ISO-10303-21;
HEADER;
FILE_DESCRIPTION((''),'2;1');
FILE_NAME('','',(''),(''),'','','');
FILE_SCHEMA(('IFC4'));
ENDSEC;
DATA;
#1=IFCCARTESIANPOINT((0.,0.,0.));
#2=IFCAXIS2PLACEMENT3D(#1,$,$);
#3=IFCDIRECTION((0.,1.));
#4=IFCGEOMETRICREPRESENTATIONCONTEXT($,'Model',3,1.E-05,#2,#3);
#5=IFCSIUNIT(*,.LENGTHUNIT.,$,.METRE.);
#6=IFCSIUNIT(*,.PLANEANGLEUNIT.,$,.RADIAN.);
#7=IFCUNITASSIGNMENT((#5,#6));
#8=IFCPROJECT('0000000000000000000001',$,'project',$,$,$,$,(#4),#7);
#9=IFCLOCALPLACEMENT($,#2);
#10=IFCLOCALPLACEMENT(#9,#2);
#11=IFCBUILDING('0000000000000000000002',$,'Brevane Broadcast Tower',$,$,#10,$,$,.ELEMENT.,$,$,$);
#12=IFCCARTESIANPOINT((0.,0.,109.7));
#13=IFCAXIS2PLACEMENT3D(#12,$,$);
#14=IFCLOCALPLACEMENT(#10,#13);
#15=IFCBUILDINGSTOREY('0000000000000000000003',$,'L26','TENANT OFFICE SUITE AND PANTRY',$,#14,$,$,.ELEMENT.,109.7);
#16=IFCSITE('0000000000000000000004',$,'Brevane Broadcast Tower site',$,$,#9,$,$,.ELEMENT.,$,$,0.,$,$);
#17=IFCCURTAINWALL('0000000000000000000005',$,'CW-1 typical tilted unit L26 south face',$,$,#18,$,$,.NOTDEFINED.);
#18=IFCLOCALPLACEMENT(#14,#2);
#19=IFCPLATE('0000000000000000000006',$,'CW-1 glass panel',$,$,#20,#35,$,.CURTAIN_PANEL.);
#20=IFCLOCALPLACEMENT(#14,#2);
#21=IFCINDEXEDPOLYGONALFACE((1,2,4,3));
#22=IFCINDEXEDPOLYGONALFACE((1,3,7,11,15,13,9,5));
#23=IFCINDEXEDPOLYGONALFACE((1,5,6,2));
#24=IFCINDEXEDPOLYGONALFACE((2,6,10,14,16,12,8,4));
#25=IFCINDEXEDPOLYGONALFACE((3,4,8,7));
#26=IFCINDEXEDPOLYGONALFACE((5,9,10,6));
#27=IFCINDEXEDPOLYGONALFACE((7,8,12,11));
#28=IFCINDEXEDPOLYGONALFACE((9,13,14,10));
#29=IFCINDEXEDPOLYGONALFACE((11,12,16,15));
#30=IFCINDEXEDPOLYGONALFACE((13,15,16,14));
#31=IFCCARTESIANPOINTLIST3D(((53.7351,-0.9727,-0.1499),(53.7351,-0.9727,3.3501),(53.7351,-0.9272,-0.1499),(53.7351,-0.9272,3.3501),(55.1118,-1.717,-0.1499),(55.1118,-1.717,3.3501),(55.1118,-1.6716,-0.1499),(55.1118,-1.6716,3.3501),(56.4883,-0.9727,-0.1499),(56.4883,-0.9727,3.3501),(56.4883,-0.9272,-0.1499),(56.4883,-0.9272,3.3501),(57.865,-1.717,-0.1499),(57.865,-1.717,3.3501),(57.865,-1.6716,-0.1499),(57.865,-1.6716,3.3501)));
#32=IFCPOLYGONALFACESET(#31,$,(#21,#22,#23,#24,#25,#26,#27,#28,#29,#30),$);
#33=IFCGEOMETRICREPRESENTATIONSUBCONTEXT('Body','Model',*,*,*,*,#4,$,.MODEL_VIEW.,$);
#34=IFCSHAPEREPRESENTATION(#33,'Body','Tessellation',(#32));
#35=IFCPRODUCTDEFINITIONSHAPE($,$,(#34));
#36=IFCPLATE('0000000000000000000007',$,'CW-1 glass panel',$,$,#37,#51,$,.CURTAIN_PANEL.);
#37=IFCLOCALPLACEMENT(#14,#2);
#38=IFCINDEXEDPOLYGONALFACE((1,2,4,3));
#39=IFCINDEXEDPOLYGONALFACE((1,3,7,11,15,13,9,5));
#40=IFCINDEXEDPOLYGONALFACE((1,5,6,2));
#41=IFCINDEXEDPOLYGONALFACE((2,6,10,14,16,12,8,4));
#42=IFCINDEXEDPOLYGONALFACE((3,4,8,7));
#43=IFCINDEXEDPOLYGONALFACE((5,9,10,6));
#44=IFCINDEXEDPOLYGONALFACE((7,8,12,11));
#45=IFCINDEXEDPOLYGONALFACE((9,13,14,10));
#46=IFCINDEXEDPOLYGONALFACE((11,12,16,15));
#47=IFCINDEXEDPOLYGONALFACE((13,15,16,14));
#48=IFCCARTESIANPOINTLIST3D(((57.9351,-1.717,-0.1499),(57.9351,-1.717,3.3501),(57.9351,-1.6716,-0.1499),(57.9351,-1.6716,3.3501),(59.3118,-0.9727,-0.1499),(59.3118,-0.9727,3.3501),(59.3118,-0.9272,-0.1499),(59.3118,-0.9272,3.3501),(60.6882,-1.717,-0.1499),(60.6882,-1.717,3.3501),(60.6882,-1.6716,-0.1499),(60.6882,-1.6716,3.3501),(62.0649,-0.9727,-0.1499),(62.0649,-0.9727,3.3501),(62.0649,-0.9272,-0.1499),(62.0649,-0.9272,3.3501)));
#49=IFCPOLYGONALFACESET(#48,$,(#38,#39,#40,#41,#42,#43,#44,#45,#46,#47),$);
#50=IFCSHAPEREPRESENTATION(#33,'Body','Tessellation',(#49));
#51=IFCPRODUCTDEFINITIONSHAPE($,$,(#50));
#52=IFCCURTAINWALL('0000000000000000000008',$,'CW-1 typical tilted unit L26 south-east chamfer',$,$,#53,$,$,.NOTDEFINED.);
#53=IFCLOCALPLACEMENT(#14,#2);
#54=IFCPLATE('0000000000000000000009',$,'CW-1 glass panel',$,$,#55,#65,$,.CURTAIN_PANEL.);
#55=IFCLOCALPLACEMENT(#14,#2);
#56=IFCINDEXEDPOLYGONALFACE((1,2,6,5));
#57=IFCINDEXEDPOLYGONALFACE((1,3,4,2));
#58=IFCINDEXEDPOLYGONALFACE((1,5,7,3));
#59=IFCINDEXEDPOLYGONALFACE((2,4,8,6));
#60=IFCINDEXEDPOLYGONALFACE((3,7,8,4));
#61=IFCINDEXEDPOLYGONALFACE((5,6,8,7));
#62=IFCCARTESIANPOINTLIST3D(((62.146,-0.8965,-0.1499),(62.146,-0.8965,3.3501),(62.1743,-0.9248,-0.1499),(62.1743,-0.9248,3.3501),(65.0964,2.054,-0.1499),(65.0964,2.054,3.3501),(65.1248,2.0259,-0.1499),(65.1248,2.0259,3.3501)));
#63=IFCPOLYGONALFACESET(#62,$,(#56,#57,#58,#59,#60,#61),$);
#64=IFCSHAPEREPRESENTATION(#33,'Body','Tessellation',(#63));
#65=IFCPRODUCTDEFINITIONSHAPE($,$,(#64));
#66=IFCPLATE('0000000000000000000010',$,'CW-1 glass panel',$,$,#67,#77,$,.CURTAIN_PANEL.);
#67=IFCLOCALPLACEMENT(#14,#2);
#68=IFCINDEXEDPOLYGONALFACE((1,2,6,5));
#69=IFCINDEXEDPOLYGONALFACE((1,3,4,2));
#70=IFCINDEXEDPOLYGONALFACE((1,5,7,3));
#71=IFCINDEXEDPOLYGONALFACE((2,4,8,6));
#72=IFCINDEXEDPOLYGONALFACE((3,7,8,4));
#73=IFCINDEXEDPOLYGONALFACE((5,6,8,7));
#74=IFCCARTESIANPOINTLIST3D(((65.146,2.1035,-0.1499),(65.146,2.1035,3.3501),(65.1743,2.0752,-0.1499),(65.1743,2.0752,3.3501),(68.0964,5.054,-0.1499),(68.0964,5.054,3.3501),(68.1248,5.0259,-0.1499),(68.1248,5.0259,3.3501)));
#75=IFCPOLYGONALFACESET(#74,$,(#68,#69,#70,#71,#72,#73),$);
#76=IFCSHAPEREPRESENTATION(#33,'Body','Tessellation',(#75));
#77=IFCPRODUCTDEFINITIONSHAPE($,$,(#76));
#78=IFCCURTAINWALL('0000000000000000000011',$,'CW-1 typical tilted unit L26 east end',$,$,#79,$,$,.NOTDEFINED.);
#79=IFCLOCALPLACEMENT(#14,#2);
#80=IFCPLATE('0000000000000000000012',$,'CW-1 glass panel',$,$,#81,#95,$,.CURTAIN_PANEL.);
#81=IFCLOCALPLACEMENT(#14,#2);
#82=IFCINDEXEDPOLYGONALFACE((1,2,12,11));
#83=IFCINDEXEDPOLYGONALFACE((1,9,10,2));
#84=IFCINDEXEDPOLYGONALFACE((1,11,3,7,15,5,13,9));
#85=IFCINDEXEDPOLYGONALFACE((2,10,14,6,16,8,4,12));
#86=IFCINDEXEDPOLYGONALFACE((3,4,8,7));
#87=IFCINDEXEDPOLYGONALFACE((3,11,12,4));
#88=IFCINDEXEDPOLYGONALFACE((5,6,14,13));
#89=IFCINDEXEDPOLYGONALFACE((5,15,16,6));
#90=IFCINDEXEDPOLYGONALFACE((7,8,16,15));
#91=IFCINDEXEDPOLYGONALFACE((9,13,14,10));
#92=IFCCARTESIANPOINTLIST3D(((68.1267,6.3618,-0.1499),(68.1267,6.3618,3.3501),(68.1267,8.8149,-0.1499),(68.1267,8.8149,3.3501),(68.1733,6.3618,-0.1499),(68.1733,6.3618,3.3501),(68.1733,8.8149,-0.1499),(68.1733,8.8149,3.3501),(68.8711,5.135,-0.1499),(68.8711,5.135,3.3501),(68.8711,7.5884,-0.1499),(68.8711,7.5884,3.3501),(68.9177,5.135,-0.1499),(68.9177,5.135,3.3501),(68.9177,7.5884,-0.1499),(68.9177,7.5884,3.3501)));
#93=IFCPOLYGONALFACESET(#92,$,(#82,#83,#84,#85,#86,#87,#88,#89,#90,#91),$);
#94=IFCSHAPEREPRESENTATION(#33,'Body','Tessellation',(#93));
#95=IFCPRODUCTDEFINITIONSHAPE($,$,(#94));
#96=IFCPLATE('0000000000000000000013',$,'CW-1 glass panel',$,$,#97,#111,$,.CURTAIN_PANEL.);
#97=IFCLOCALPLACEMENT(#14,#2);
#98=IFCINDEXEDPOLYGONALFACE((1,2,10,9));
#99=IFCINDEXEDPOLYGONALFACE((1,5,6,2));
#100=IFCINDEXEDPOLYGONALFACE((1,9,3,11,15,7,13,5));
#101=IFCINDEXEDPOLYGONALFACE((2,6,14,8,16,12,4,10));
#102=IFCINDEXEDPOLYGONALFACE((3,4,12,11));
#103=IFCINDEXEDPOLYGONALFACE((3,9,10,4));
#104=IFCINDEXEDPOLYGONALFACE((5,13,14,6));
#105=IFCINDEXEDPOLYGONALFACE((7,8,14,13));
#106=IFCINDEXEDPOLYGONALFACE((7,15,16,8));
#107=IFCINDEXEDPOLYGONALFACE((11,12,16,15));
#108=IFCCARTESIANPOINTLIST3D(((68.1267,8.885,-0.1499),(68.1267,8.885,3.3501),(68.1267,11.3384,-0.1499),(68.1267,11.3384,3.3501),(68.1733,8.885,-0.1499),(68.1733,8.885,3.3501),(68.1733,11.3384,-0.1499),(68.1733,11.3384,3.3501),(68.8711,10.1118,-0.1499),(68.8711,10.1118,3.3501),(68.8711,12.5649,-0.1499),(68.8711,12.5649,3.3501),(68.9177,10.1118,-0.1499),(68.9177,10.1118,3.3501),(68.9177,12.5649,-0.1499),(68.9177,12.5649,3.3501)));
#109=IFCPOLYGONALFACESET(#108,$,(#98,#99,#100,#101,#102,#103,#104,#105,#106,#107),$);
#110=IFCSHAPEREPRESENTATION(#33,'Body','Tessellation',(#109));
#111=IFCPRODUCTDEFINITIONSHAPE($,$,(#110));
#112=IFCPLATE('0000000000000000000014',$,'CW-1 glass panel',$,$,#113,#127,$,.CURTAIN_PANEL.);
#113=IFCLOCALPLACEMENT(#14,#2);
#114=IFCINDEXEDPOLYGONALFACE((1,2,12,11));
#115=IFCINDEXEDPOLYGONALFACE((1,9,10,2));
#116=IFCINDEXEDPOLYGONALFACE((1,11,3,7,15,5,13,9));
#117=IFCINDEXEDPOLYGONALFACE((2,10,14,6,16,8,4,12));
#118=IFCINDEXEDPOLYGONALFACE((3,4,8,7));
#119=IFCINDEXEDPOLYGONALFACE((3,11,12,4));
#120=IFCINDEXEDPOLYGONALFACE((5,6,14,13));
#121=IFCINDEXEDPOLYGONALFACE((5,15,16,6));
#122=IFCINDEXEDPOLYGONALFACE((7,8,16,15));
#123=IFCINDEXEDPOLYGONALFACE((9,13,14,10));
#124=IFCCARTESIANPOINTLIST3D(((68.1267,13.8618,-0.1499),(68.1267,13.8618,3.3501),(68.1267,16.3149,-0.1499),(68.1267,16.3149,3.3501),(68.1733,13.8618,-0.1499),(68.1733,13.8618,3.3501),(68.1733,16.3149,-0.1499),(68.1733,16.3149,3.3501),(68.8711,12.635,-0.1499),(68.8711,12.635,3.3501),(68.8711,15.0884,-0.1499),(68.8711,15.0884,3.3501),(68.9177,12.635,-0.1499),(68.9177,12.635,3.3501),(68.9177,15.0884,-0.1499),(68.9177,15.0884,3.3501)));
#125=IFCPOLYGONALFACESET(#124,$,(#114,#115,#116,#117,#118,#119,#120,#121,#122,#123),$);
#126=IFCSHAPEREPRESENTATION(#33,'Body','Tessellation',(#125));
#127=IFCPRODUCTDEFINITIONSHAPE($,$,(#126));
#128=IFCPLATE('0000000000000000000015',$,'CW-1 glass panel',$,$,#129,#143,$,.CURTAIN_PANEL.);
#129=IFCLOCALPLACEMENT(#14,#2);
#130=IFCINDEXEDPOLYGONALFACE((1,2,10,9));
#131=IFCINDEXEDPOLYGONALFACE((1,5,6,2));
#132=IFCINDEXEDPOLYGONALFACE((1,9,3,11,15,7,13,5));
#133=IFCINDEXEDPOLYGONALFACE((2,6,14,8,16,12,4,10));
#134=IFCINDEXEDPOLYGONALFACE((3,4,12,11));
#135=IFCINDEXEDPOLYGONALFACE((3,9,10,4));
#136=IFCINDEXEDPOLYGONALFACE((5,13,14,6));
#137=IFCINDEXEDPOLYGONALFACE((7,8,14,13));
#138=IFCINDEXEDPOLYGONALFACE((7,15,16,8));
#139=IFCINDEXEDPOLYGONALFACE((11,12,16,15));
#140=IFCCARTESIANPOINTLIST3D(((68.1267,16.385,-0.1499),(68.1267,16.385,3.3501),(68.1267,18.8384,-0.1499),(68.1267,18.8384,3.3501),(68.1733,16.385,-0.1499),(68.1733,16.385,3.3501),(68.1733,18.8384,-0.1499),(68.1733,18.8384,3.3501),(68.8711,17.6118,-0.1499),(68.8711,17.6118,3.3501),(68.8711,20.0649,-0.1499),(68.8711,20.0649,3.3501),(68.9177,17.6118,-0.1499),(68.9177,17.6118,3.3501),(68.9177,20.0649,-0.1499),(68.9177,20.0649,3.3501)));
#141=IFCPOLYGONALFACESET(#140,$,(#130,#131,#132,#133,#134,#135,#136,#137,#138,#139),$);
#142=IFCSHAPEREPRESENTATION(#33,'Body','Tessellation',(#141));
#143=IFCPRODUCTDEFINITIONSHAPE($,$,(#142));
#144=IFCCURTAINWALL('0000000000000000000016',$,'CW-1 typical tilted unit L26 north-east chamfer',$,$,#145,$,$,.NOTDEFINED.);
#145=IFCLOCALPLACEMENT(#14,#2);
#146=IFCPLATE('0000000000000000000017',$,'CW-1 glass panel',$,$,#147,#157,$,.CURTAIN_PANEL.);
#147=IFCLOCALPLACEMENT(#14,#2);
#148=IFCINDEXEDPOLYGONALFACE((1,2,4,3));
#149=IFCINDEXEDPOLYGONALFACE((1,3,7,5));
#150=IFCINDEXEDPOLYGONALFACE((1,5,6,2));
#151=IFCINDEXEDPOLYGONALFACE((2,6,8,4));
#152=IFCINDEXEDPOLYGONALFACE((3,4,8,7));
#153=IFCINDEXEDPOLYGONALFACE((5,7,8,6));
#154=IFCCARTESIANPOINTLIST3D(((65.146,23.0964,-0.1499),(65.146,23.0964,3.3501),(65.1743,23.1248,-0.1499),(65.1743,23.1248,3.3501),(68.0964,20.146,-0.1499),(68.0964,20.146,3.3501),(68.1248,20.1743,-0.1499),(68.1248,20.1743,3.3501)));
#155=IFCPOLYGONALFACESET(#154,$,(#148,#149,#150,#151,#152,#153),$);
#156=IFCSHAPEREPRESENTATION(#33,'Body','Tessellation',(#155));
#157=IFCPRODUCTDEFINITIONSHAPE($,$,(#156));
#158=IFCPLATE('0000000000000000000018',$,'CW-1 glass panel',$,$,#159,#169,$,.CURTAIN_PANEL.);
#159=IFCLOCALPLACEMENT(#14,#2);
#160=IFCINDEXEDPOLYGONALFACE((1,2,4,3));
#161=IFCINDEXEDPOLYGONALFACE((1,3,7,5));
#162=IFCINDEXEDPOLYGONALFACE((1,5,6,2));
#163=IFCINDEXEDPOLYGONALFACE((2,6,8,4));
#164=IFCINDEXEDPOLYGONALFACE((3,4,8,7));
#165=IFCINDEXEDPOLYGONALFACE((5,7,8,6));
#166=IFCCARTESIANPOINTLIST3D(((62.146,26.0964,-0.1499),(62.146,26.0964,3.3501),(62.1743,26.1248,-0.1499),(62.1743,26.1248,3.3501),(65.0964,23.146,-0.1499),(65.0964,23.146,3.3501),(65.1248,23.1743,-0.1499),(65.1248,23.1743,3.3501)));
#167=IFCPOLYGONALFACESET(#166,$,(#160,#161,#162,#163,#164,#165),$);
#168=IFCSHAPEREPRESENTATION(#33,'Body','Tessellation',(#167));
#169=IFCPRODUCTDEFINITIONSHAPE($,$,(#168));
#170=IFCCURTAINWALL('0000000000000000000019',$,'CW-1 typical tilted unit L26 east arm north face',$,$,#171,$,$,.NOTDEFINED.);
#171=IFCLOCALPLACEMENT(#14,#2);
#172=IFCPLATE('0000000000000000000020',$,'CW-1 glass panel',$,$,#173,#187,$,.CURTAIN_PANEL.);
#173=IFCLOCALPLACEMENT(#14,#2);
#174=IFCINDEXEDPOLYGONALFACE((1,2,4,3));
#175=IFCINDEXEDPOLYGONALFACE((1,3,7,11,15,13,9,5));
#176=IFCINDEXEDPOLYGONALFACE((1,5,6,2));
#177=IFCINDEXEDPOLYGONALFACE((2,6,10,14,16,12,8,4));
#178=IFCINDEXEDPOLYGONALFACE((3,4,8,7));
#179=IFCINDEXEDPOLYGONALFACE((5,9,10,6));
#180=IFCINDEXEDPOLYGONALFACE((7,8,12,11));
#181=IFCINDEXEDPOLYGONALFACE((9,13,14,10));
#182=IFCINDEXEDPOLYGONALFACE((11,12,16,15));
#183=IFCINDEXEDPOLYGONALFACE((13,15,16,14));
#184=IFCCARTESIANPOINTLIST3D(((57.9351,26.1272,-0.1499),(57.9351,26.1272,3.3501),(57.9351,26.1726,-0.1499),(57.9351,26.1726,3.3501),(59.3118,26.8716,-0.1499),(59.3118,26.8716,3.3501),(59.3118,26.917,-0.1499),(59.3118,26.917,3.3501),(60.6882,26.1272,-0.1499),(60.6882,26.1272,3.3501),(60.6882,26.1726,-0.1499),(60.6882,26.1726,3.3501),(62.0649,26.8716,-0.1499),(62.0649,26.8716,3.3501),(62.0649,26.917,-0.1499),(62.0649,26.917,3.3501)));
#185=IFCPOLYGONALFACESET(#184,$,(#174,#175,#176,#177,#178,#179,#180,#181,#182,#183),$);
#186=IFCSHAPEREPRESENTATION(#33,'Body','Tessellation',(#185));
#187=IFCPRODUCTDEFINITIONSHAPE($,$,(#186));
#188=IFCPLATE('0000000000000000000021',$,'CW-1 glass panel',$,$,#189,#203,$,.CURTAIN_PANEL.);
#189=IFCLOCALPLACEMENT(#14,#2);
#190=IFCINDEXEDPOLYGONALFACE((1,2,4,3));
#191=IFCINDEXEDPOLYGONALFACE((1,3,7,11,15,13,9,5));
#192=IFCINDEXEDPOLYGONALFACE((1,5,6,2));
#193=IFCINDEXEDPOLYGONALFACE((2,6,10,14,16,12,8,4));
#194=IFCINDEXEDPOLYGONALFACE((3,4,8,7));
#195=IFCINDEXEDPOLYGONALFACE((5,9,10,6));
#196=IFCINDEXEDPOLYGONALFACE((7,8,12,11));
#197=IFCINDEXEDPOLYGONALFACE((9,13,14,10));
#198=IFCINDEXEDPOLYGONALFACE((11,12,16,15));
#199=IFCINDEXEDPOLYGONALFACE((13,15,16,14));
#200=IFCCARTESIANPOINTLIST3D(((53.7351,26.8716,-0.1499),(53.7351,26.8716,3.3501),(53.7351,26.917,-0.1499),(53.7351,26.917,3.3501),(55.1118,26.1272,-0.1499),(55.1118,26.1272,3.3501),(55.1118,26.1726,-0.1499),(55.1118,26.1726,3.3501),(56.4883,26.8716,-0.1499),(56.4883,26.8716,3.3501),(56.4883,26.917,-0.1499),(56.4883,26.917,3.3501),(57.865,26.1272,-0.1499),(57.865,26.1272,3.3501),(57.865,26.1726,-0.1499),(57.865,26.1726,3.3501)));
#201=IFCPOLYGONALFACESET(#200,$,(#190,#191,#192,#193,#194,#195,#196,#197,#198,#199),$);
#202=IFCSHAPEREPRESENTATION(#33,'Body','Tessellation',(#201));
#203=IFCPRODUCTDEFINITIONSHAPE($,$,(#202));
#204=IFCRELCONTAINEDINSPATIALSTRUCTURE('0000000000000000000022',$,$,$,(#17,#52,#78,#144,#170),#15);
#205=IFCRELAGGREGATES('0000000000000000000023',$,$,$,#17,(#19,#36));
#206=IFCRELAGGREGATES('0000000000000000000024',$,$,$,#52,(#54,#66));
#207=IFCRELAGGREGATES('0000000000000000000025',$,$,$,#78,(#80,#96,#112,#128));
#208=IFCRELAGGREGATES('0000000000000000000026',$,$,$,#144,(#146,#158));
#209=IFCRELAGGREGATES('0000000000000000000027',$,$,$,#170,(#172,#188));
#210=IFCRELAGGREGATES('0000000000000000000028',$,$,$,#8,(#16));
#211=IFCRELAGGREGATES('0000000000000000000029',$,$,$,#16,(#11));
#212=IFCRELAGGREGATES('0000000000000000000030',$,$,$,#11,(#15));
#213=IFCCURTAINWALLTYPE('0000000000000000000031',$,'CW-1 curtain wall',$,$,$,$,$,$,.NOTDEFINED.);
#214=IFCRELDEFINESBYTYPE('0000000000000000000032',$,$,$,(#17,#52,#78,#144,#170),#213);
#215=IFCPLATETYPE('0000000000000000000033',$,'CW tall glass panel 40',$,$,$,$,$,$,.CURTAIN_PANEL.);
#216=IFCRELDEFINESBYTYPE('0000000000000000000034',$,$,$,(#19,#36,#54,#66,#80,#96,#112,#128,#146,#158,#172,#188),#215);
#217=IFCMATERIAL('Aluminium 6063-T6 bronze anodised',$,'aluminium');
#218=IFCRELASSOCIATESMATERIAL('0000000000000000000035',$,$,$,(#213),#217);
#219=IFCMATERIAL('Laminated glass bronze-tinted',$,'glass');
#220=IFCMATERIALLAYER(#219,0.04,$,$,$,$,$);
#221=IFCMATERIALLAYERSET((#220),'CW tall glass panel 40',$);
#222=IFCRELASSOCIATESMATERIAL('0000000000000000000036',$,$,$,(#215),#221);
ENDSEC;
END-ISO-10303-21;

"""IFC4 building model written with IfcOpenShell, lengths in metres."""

from ifc_helpers import new_model, si_unit, direction, frame, origin, place, context, subcontext, project, spatial, polyline, outline, extrude, material, layer, layer_set, type_object, element, aggregate, save


model = new_model("IFC4")

# Units and contexts
model_context = context("Model", 3, precision=1e-05, world=origin(), true_north=direction((0.0, 1.0)))
body_context = subcontext(model_context, "Body", "Model", "MODEL_VIEW")
ifc_project = project(units=[si_unit("LENGTHUNIT", "METRE"), si_unit("PLANEANGLEUNIT", "RADIAN")], contexts=[model_context])

# Site, building, storey
site_placement = place(None, origin())
site = spatial("IfcSite", under=ifc_project, at=site_placement, Name="Brevane Broadcast Tower site", CompositionType="ELEMENT", RefElevation=0.0)
building_placement = place(site_placement, origin())
building = spatial("IfcBuilding", under=site, at=building_placement, Name="Brevane Broadcast Tower", CompositionType="ELEMENT")
storey_placement = place(building_placement, frame((0.0, 0.0, 109.7)))
storey = spatial("IfcBuildingStorey", under=building, at=storey_placement, Name="L26", Description="TENANT OFFICE SUITE AND PANTRY", CompositionType="ELEMENT", Elevation=109.7)

# Curtain walls, plates
ifc_material_1 = material(Name="Aluminium 6063-T6 bronze anodised", Category="aluminium")
curtain_wall_type = type_object("IfcCurtainWallType", Name="CW-1 curtain wall", PredefinedType="NOTDEFINED", material=ifc_material_1)
curtain_wall_1_placement = place(storey_placement, origin())
curtain_wall_1 = element("IfcCurtainWall", 1, at=curtain_wall_1_placement, inside=storey, type_object=curtain_wall_type, Name="CW-1 typical tilted unit L26 south face", PredefinedType="NOTDEFINED")
ifc_material_2 = material(Name="Laminated glass bronze-tinted", Category="glass")
ifc_layer = layer(ifc_material_2, 0.04)
ifc_layer_set = layer_set([ifc_layer], Name="CW tall glass panel 40")
plate_type = type_object("IfcPlateType", Name="CW tall glass panel 40", PredefinedType="CURTAIN_PANEL", material=ifc_layer_set)
plate_1_placement = place(storey_placement, frame((0.0, 0.0, -0.1499)))
plate_1 = element("IfcPlate", 2, at=plate_1_placement, type_object=plate_type, Name="CW-1 glass panel", PredefinedType="CURTAIN_PANEL", context=body_context, shape_type="SweptSolid", body=[
    extrude(outline(polyline([(53.7351, -0.9272), (53.7351, -0.9727), (55.1118, -1.717), (56.4883, -0.9727), (57.865, -1.717), (57.865, -1.6716), (56.4883, -0.9272), (55.1118, -1.6716), (53.7351, -0.9272)])), origin(), (0.0, 0.0, 1.0), 3.5),
])
plate_2_placement = place(storey_placement, frame((0.0, 0.0, -0.1499)))
plate_2 = element("IfcPlate", 3, at=plate_2_placement, type_object=plate_type, Name="CW-1 glass panel", PredefinedType="CURTAIN_PANEL", context=body_context, shape_type="SweptSolid", body=[
    extrude(outline(polyline([(57.9351, -1.6716), (57.9351, -1.717), (59.3118, -0.9727), (60.6882, -1.717), (62.0649, -0.9727), (62.0649, -0.9272), (60.6882, -1.6716), (59.3118, -0.9272), (57.9351, -1.6716)])), origin(), (0.0, 0.0, 1.0), 3.5),
])
aggregate(curtain_wall_1, [plate_1, plate_2])
curtain_wall_2_placement = place(storey_placement, origin())
curtain_wall_2 = element("IfcCurtainWall", 4, at=curtain_wall_2_placement, inside=storey, type_object=curtain_wall_type, Name="CW-1 typical tilted unit L26 south-east chamfer", PredefinedType="NOTDEFINED")
plate_3_placement = place(storey_placement, frame((0.0, 0.0, -0.1499)))
plate_3 = element("IfcPlate", 5, at=plate_3_placement, type_object=plate_type, Name="CW-1 glass panel", PredefinedType="CURTAIN_PANEL", context=body_context, shape_type="SweptSolid", body=[
    extrude(outline(polyline([(62.146, -0.8965), (65.0964, 2.054), (65.1248, 2.0259), (62.1743, -0.9248), (62.146, -0.8965)])), origin(), (0.0, 0.0, 1.0), 3.5),
])
plate_4_placement = place(storey_placement, frame((0.0, 0.0, -0.1499)))
plate_4 = element("IfcPlate", 6, at=plate_4_placement, type_object=plate_type, Name="CW-1 glass panel", PredefinedType="CURTAIN_PANEL", context=body_context, shape_type="SweptSolid", body=[
    extrude(outline(polyline([(65.146, 2.1035), (68.0964, 5.054), (68.1248, 5.0259), (65.1743, 2.0752), (65.146, 2.1035)])), origin(), (0.0, 0.0, 1.0), 3.5),
])
aggregate(curtain_wall_2, [plate_3, plate_4])
curtain_wall_3_placement = place(storey_placement, origin())
curtain_wall_3 = element("IfcCurtainWall", 7, at=curtain_wall_3_placement, inside=storey, type_object=curtain_wall_type, Name="CW-1 typical tilted unit L26 east end", PredefinedType="NOTDEFINED")
plate_5_placement = place(storey_placement, frame((0.0, 0.0, -0.1499)))
plate_5 = element("IfcPlate", 8, at=plate_5_placement, type_object=plate_type, Name="CW-1 glass panel", PredefinedType="CURTAIN_PANEL", context=body_context, shape_type="SweptSolid", body=[
    extrude(outline(polyline([(68.8711, 5.135), (68.9177, 5.135), (68.1733, 6.3618), (68.9177, 7.5884), (68.1733, 8.8149), (68.1267, 8.8149), (68.8711, 7.5884), (68.1267, 6.3618), (68.8711, 5.135)])), origin(), (0.0, 0.0, 1.0), 3.5),
])
plate_6_placement = place(storey_placement, frame((0.0, 0.0, -0.1499)))
plate_6 = element("IfcPlate", 9, at=plate_6_placement, type_object=plate_type, Name="CW-1 glass panel", PredefinedType="CURTAIN_PANEL", context=body_context, shape_type="SweptSolid", body=[
    extrude(outline(polyline([(68.1267, 8.885), (68.1733, 8.885), (68.9177, 10.1118), (68.1733, 11.3384), (68.9177, 12.5649), (68.8711, 12.5649), (68.1267, 11.3384), (68.8711, 10.1118), (68.1267, 8.885)])), origin(), (0.0, 0.0, 1.0), 3.5),
])
plate_7_placement = place(storey_placement, frame((0.0, 0.0, -0.1499)))
plate_7 = element("IfcPlate", 10, at=plate_7_placement, type_object=plate_type, Name="CW-1 glass panel", PredefinedType="CURTAIN_PANEL", context=body_context, shape_type="SweptSolid", body=[
    extrude(outline(polyline([(68.8711, 12.635), (68.9177, 12.635), (68.1733, 13.8618), (68.9177, 15.0884), (68.1733, 16.3149), (68.1267, 16.3149), (68.8711, 15.0884), (68.1267, 13.8618), (68.8711, 12.635)])), origin(), (0.0, 0.0, 1.0), 3.5),
])
plate_8_placement = place(storey_placement, frame((0.0, 0.0, -0.1499)))
plate_8 = element("IfcPlate", 11, at=plate_8_placement, type_object=plate_type, Name="CW-1 glass panel", PredefinedType="CURTAIN_PANEL", context=body_context, shape_type="SweptSolid", body=[
    extrude(outline(polyline([(68.1267, 16.385), (68.1733, 16.385), (68.9177, 17.6118), (68.1733, 18.8384), (68.9177, 20.0649), (68.8711, 20.0649), (68.1267, 18.8384), (68.8711, 17.6118), (68.1267, 16.385)])), origin(), (0.0, 0.0, 1.0), 3.5),
])
aggregate(curtain_wall_3, [plate_5, plate_6, plate_7, plate_8])
curtain_wall_4_placement = place(storey_placement, origin())
curtain_wall_4 = element("IfcCurtainWall", 12, at=curtain_wall_4_placement, inside=storey, type_object=curtain_wall_type, Name="CW-1 typical tilted unit L26 north-east chamfer", PredefinedType="NOTDEFINED")
plate_9_placement = place(storey_placement, frame((0.0, 0.0, -0.1499)))
plate_9 = element("IfcPlate", 13, at=plate_9_placement, type_object=plate_type, Name="CW-1 glass panel", PredefinedType="CURTAIN_PANEL", context=body_context, shape_type="SweptSolid", body=[
    extrude(outline(polyline([(68.0964, 20.146), (65.146, 23.0964), (65.1743, 23.1248), (68.1248, 20.1743), (68.0964, 20.146)])), origin(), (0.0, 0.0, 1.0), 3.5),
])
plate_10_placement = place(storey_placement, frame((0.0, 0.0, -0.1499)))
plate_10 = element("IfcPlate", 14, at=plate_10_placement, type_object=plate_type, Name="CW-1 glass panel", PredefinedType="CURTAIN_PANEL", context=body_context, shape_type="SweptSolid", body=[
    extrude(outline(polyline([(65.0964, 23.146), (62.146, 26.0964), (62.1743, 26.1248), (65.1248, 23.1743), (65.0964, 23.146)])), origin(), (0.0, 0.0, 1.0), 3.5),
])
aggregate(curtain_wall_4, [plate_9, plate_10])
curtain_wall_5_placement = place(storey_placement, origin())
curtain_wall_5 = element("IfcCurtainWall", 15, at=curtain_wall_5_placement, inside=storey, type_object=curtain_wall_type, Name="CW-1 typical tilted unit L26 east arm north face", PredefinedType="NOTDEFINED")
plate_11_placement = place(storey_placement, frame((0.0, 0.0, -0.1499)))
plate_11 = element("IfcPlate", 16, at=plate_11_placement, type_object=plate_type, Name="CW-1 glass panel", PredefinedType="CURTAIN_PANEL", context=body_context, shape_type="SweptSolid", body=[
    extrude(outline(polyline([(62.0649, 26.8716), (62.0649, 26.917), (60.6882, 26.1726), (59.3118, 26.917), (57.9351, 26.1726), (57.9351, 26.1272), (59.3118, 26.8716), (60.6882, 26.1272), (62.0649, 26.8716)])), origin(), (0.0, 0.0, 1.0), 3.5),
])
plate_12_placement = place(storey_placement, frame((0.0, 0.0, -0.1499)))
plate_12 = element("IfcPlate", 17, at=plate_12_placement, type_object=plate_type, Name="CW-1 glass panel", PredefinedType="CURTAIN_PANEL", context=body_context, shape_type="SweptSolid", body=[
    extrude(outline(polyline([(57.865, 26.1272), (57.865, 26.1726), (56.4883, 26.917), (55.1118, 26.1726), (53.7351, 26.917), (53.7351, 26.8716), (55.1118, 26.1272), (56.4883, 26.8716), (57.865, 26.1272)])), origin(), (0.0, 0.0, 1.0), 3.5),
])
aggregate(curtain_wall_5, [plate_11, plate_12])

save(model, "model.ifc")
